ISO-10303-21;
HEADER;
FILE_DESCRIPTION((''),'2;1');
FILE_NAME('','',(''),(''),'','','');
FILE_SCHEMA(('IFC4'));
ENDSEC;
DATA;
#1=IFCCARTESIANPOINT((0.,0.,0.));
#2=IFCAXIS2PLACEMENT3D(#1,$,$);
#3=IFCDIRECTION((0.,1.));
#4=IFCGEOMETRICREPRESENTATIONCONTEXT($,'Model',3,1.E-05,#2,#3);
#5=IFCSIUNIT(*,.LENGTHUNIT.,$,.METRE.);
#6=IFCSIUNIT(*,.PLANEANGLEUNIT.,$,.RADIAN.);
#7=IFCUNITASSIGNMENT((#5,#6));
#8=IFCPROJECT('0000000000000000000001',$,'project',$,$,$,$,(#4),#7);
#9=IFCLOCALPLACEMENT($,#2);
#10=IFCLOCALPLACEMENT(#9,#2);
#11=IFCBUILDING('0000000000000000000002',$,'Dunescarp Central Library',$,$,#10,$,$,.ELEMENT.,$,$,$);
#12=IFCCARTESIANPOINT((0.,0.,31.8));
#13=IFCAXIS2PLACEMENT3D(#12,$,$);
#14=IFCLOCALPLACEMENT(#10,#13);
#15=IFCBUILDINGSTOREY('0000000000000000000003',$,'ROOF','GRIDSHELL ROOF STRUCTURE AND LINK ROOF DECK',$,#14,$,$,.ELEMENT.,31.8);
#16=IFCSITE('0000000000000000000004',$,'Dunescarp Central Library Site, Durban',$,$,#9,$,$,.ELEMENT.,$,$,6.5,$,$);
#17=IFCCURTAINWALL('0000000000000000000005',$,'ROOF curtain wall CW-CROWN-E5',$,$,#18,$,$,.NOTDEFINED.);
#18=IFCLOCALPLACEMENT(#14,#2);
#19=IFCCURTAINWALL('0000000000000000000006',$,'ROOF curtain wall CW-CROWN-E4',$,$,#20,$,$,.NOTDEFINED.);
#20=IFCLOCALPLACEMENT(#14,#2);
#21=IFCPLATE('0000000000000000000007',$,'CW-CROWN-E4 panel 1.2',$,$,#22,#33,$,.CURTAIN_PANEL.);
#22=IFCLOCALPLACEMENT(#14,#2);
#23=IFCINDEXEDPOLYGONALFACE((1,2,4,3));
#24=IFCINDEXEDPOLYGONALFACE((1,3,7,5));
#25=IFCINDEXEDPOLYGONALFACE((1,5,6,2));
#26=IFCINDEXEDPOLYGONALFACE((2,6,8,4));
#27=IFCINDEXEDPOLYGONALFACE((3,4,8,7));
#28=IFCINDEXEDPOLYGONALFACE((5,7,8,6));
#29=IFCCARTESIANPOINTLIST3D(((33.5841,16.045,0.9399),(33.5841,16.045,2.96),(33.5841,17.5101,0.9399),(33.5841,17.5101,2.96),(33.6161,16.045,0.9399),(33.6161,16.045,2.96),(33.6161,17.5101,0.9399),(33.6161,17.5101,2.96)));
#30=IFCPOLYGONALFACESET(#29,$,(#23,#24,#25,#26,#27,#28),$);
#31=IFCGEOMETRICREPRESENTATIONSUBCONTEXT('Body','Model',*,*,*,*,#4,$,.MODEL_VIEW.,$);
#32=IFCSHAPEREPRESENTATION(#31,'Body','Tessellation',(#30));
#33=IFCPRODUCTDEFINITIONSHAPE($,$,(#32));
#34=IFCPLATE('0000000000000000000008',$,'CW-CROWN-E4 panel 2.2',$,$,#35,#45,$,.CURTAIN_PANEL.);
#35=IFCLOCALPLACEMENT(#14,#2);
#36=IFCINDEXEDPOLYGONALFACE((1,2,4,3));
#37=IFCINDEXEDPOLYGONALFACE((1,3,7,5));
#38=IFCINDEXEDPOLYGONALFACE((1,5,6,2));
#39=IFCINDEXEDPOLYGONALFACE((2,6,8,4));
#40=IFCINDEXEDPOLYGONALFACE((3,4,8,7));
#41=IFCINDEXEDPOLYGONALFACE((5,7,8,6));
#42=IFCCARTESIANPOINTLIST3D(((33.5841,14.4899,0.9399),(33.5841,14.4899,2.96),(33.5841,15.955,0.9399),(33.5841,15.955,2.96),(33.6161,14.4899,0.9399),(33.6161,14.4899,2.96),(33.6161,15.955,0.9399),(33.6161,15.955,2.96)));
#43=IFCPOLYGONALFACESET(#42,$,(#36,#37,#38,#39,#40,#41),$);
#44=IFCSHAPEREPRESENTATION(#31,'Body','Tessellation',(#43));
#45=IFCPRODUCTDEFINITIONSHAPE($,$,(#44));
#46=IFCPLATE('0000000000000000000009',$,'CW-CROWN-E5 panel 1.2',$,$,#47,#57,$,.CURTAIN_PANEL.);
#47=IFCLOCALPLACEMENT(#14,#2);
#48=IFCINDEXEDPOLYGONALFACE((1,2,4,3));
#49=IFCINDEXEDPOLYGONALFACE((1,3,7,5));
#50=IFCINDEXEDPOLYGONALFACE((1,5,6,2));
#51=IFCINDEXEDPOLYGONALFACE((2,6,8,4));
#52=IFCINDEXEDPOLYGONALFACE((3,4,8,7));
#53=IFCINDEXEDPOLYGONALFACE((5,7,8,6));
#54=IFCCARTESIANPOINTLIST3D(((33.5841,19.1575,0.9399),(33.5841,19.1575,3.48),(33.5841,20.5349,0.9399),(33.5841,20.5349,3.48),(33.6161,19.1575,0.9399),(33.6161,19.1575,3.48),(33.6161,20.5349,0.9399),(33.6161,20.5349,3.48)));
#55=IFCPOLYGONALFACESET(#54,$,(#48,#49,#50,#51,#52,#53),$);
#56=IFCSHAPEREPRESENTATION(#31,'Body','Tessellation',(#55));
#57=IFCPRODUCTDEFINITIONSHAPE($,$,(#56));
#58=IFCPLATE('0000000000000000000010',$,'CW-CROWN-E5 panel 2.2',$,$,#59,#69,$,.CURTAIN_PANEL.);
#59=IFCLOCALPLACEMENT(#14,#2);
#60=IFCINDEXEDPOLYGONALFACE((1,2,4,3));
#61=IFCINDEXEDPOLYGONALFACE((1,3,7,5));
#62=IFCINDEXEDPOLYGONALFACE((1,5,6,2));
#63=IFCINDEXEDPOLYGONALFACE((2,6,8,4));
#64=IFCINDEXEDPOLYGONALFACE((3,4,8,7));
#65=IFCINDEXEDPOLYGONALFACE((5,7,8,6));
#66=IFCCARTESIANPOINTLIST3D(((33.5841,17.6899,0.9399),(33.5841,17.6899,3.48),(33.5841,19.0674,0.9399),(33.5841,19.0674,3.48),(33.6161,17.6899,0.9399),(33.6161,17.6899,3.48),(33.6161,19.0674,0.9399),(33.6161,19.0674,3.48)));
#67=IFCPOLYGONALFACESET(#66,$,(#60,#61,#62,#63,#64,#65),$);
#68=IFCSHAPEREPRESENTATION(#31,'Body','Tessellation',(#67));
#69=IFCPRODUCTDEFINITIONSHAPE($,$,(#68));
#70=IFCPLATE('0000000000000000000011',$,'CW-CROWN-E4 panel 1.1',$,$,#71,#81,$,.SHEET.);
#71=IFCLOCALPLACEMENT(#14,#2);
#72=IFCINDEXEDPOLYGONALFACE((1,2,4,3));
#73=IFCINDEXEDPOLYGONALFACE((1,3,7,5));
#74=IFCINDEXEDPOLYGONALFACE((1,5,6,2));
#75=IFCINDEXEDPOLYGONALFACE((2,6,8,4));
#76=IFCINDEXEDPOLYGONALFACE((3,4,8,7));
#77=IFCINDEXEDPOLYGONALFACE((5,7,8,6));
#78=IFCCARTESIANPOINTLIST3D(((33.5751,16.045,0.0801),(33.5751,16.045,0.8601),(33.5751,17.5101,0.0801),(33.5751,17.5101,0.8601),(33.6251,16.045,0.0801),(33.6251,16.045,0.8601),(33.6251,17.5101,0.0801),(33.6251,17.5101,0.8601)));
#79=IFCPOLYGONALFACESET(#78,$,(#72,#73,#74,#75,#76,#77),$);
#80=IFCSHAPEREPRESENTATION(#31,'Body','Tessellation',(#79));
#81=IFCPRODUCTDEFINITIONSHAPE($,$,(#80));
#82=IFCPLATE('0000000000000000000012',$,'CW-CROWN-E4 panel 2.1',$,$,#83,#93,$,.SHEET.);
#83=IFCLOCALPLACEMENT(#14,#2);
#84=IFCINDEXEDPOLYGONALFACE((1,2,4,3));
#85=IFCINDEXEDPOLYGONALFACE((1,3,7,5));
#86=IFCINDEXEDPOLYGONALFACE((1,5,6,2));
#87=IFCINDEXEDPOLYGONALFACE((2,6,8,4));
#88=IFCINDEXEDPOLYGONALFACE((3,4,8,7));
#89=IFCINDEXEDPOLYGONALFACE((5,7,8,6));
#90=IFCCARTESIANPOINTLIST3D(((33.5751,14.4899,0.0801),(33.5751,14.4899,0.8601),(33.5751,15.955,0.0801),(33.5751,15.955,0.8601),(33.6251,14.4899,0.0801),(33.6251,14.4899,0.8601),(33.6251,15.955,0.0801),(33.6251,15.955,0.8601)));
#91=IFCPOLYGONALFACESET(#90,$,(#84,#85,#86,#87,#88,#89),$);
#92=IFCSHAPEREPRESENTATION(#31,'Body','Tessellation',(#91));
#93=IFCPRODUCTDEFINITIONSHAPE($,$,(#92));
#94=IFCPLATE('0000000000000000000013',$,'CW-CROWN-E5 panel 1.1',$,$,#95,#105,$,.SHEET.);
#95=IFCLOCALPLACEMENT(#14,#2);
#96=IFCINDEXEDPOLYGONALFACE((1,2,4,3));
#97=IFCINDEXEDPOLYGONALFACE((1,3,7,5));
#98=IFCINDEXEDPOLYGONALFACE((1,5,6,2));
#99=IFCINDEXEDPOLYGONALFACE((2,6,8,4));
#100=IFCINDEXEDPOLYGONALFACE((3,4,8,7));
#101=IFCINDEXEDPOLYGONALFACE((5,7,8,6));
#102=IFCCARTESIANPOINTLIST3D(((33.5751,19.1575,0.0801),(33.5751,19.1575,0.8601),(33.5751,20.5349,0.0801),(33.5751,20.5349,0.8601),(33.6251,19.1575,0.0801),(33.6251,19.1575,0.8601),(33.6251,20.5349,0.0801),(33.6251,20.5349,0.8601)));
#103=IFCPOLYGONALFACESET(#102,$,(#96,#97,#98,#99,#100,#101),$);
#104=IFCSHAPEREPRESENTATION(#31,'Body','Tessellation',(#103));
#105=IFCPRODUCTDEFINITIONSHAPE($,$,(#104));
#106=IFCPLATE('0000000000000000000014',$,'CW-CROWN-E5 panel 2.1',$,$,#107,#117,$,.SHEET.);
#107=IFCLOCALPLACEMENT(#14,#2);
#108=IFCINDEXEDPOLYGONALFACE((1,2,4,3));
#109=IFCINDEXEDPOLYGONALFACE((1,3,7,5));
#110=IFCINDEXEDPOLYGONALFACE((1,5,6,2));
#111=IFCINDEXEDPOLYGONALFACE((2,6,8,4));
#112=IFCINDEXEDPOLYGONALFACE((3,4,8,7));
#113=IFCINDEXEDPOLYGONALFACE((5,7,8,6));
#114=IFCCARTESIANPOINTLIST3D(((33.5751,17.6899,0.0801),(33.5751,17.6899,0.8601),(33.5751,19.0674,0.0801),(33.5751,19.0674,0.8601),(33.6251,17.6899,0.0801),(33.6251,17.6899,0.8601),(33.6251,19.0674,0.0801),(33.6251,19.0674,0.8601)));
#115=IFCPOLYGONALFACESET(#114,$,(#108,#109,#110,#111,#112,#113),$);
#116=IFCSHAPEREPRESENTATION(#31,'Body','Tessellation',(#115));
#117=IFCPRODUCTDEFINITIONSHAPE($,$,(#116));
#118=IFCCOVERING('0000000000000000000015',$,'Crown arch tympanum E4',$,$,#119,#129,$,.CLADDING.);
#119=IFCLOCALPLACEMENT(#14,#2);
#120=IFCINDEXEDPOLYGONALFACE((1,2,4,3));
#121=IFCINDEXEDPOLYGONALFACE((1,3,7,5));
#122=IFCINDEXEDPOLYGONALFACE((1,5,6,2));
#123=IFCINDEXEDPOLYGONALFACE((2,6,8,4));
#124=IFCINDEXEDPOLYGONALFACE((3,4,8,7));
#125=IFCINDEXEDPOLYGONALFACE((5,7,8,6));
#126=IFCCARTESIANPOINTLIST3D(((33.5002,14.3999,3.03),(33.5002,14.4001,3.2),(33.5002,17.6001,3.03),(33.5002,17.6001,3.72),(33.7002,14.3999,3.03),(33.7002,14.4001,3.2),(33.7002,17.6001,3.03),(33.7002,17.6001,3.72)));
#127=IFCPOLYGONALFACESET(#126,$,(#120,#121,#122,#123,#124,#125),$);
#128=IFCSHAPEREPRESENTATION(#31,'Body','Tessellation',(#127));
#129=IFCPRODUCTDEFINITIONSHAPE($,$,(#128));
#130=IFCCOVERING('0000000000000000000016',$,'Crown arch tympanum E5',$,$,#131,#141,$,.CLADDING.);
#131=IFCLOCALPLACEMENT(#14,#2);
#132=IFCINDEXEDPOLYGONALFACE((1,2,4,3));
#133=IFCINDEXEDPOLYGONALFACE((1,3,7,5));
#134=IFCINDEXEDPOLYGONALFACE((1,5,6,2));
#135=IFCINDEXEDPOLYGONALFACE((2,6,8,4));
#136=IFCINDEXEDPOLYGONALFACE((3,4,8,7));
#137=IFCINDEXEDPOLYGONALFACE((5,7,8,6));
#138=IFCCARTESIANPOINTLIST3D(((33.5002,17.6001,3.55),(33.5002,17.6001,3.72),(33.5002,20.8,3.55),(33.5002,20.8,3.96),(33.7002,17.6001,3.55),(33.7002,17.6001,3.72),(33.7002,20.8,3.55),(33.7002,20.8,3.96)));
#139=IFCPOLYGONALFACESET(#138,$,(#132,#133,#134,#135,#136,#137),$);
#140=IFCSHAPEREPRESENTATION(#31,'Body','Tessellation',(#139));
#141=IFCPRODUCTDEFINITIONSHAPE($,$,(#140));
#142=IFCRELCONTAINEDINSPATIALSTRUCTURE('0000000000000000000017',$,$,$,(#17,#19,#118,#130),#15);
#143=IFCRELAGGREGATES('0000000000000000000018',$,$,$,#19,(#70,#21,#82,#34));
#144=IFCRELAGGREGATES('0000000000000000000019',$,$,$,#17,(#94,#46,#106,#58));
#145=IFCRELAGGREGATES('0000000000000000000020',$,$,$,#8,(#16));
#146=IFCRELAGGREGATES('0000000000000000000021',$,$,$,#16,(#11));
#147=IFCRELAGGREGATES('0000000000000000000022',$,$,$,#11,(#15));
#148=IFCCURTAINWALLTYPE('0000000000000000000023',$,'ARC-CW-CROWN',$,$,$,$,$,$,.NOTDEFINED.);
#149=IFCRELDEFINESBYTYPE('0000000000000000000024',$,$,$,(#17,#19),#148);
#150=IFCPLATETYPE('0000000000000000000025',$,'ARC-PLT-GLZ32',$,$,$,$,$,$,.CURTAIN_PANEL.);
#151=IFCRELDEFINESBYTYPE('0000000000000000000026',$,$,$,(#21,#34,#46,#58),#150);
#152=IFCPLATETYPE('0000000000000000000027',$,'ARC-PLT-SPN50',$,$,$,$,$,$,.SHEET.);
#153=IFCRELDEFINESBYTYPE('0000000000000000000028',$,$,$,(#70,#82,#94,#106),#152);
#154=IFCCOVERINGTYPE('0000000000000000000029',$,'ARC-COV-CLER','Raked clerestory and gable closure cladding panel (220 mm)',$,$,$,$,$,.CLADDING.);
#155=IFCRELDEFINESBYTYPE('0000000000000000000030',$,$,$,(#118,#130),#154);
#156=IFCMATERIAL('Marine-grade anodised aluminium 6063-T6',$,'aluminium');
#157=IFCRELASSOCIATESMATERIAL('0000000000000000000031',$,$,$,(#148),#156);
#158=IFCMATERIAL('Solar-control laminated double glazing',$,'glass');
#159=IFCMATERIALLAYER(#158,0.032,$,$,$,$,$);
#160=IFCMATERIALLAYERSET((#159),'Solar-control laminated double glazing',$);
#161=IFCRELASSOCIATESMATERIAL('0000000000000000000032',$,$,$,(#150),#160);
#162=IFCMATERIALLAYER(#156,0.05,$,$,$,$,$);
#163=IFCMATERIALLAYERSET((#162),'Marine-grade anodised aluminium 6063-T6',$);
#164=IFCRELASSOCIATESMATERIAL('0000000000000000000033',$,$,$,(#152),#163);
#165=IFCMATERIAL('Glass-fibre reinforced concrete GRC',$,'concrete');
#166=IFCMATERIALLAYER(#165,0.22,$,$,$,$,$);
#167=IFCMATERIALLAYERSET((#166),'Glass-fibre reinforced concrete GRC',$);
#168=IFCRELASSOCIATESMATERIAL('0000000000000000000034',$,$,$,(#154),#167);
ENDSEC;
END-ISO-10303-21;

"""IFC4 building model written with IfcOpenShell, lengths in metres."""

from ifc_helpers import new_model, si_unit, direction, frame, origin, origin_2d, place, context, subcontext, project, spatial, polyline, rectangle, outline, extrude, material, layer, layer_set, type_object, element, aggregate, save


model = new_model("IFC4")

# Units and contexts
model_context = context("Model", 3, precision=1e-05, world=origin(), true_north=direction((0.0, 1.0)))
body_context = subcontext(model_context, "Body", "Model", "MODEL_VIEW")
ifc_project = project(units=[si_unit("LENGTHUNIT", "METRE"), si_unit("PLANEANGLEUNIT", "RADIAN")], contexts=[model_context])

# Site, building, storey
site_placement = place(None, origin())
site = spatial("IfcSite", under=ifc_project, at=site_placement, Name="Dunescarp Central Library Site, Durban", CompositionType="ELEMENT", RefElevation=6.5)
building_placement = place(site_placement, origin())
building = spatial("IfcBuilding", under=site, at=building_placement, Name="Dunescarp Central Library", CompositionType="ELEMENT")
storey_placement = place(building_placement, frame((0.0, 0.0, 31.8)))
storey = spatial("IfcBuildingStorey", under=building, at=storey_placement, Name="ROOF", Description="GRIDSHELL ROOF STRUCTURE AND LINK ROOF DECK", CompositionType="ELEMENT", Elevation=31.8)

# Curtain walls
ifc_material_1 = material(Name="Marine-grade anodised aluminium 6063-T6", Category="aluminium")
curtain_wall_type = type_object("IfcCurtainWallType", Name="ARC-CW-CROWN", PredefinedType="NOTDEFINED", material=ifc_material_1)
curtain_wall_1_placement = place(storey_placement, origin())
curtain_wall_1 = element("IfcCurtainWall", 1, at=curtain_wall_1_placement, inside=storey, type_object=curtain_wall_type, Name="ROOF curtain wall CW-CROWN-E5", PredefinedType="NOTDEFINED")
curtain_wall_2_placement = place(storey_placement, origin())
curtain_wall_2 = element("IfcCurtainWall", 2, at=curtain_wall_2_placement, inside=storey, type_object=curtain_wall_type, Name="ROOF curtain wall CW-CROWN-E4", PredefinedType="NOTDEFINED")

# Plates
ifc_material_2 = material(Name="Solar-control laminated double glazing", Category="glass")
ifc_layer_1 = layer(ifc_material_2, 0.032)
ifc_layer_set_1 = layer_set([ifc_layer_1], Name="Solar-control laminated double glazing")
plate_type_1 = type_object("IfcPlateType", Name="ARC-PLT-GLZ32", PredefinedType="CURTAIN_PANEL", material=ifc_layer_set_1)
plate_1_placement = place(storey_placement, frame((33.6001, 16.7776, 0.9399), z_axis=(0.0, 0.0, 1.0), x_axis=(0.0, -1.0, 0.0)))
plate_1 = element("IfcPlate", 3, at=plate_1_placement, type_object=plate_type_1, Name="CW-CROWN-E4 panel 1.2", PredefinedType="CURTAIN_PANEL", context=body_context, shape_type="SweptSolid", body=[
    extrude(rectangle(XDim=1.4651, YDim=0.032, at=origin_2d()), origin(), (0.0, 0.0, 1.0), 2.02),
])
plate_2_placement = place(storey_placement, frame((33.6001, 15.2224, 0.9399), z_axis=(0.0, 0.0, 1.0), x_axis=(0.0, -1.0, 0.0)))
plate_2 = element("IfcPlate", 4, at=plate_2_placement, type_object=plate_type_1, Name="CW-CROWN-E4 panel 2.2", PredefinedType="CURTAIN_PANEL", context=body_context, shape_type="SweptSolid", body=[
    extrude(rectangle(XDim=1.4651, YDim=0.032, at=origin_2d()), origin(), (0.0, 0.0, 1.0), 2.02),
])
plate_3_placement = place(storey_placement, frame((33.6001, 19.8462, 0.9399), z_axis=(0.0, 0.0, 1.0), x_axis=(0.0, -1.0, 0.0)))
plate_3 = element("IfcPlate", 5, at=plate_3_placement, type_object=plate_type_1, Name="CW-CROWN-E5 panel 1.2", PredefinedType="CURTAIN_PANEL", context=body_context, shape_type="SweptSolid", body=[
    extrude(rectangle(XDim=1.3774, YDim=0.032, at=origin_2d()), origin(), (0.0, 0.0, 1.0), 2.54),
])
plate_4_placement = place(storey_placement, frame((33.6001, 18.3787, 0.9399), z_axis=(0.0, 0.0, 1.0), x_axis=(0.0, -1.0, 0.0)))
plate_4 = element("IfcPlate", 6, at=plate_4_placement, type_object=plate_type_1, Name="CW-CROWN-E5 panel 2.2", PredefinedType="CURTAIN_PANEL", context=body_context, shape_type="SweptSolid", body=[
    extrude(rectangle(XDim=1.3774, YDim=0.032, at=origin_2d()), origin(), (0.0, 0.0, 1.0), 2.54),
])
ifc_layer_2 = layer(ifc_material_1, 0.05)
ifc_layer_set_2 = layer_set([ifc_layer_2], Name="Marine-grade anodised aluminium 6063-T6")
plate_type_2 = type_object("IfcPlateType", Name="ARC-PLT-SPN50", PredefinedType="SHEET", material=ifc_layer_set_2)
plate_5_placement = place(storey_placement, frame((33.6001, 16.7776, 0.0801), z_axis=(0.0, 0.0, 1.0), x_axis=(0.0, -1.0, 0.0)))
plate_5 = element("IfcPlate", 7, at=plate_5_placement, type_object=plate_type_2, Name="CW-CROWN-E4 panel 1.1", PredefinedType="SHEET", context=body_context, shape_type="SweptSolid", body=[
    extrude(rectangle(XDim=1.4651, YDim=0.05, at=origin_2d()), origin(), (0.0, 0.0, 1.0), 0.78),
])
plate_6_placement = place(storey_placement, frame((33.6001, 15.2224, 0.0801), z_axis=(0.0, 0.0, 1.0), x_axis=(0.0, -1.0, 0.0)))
plate_6 = element("IfcPlate", 8, at=plate_6_placement, type_object=plate_type_2, Name="CW-CROWN-E4 panel 2.1", PredefinedType="SHEET", context=body_context, shape_type="SweptSolid", body=[
    extrude(rectangle(XDim=1.4651, YDim=0.05, at=origin_2d()), origin(), (0.0, 0.0, 1.0), 0.78),
])
aggregate(curtain_wall_2, [plate_5, plate_1, plate_6, plate_2])
plate_7_placement = place(storey_placement, frame((33.6001, 19.8462, 0.0801), z_axis=(0.0, 0.0, 1.0), x_axis=(0.0, -1.0, 0.0)))
plate_7 = element("IfcPlate", 9, at=plate_7_placement, type_object=plate_type_2, Name="CW-CROWN-E5 panel 1.1", PredefinedType="SHEET", context=body_context, shape_type="SweptSolid", body=[
    extrude(rectangle(XDim=1.3774, YDim=0.05, at=origin_2d()), origin(), (0.0, 0.0, 1.0), 0.78),
])
plate_8_placement = place(storey_placement, frame((33.6001, 18.3787, 0.0801), z_axis=(0.0, 0.0, 1.0), x_axis=(0.0, -1.0, 0.0)))
plate_8 = element("IfcPlate", 10, at=plate_8_placement, type_object=plate_type_2, Name="CW-CROWN-E5 panel 2.1", PredefinedType="SHEET", context=body_context, shape_type="SweptSolid", body=[
    extrude(rectangle(XDim=1.3774, YDim=0.05, at=origin_2d()), origin(), (0.0, 0.0, 1.0), 0.78),
])
aggregate(curtain_wall_1, [plate_7, plate_3, plate_8, plate_4])

# Coverings
ifc_material_3 = material(Name="Glass-fibre reinforced concrete GRC", Category="concrete")
ifc_layer_3 = layer(ifc_material_3, 0.22)
ifc_layer_set_3 = layer_set([ifc_layer_3], Name="Glass-fibre reinforced concrete GRC")
covering_type = type_object("IfcCoveringType", Name="ARC-COV-CLER", Description="Raked clerestory and gable closure cladding panel (220 mm)", PredefinedType="CLADDING", material=ifc_layer_set_3)
covering_1_placement = place(storey_placement, frame((33.6001, 17.6001, 3.03), z_axis=(0.0, 0.0, 1.0), x_axis=(0.0, -1.0, 0.0)))
element("IfcCovering", 11, at=covering_1_placement, inside=storey, type_object=covering_type, Name="Crown arch tympanum E4", PredefinedType="CLADDING", context=body_context, shape_type="SweptSolid", body=[
    extrude(outline(polyline([(0.0, 0.0), (3.2002, 0.0), (3.2, 0.1699), (0.0, 0.6899), (0.0, 0.0)])), frame((0.0, 0.1001, 0.0), z_axis=(0.0, -1.0, 0.0), x_axis=(1.0, 0.0, 0.0)), (0.0, 0.0, 1.0), 0.2),
])
covering_2_placement = place(storey_placement, frame((33.6001, 20.8, 3.55), z_axis=(0.0, 0.0, 1.0), x_axis=(0.0, -1.0, 0.0)))
element("IfcCovering", 12, at=covering_2_placement, inside=storey, type_object=covering_type, Name="Crown arch tympanum E5", PredefinedType="CLADDING", context=body_context, shape_type="SweptSolid", body=[
    extrude(outline(polyline([(0.0, 0.0), (3.2, 0.0), (3.2, 0.1699), (0.0, 0.4099), (0.0, 0.0)])), frame((0.0, 0.1001, 0.0), z_axis=(0.0, -1.0, 0.0), x_axis=(1.0, 0.0, 0.0)), (0.0, 0.0, 1.0), 0.2),
])

save(model, "model.ifc")
